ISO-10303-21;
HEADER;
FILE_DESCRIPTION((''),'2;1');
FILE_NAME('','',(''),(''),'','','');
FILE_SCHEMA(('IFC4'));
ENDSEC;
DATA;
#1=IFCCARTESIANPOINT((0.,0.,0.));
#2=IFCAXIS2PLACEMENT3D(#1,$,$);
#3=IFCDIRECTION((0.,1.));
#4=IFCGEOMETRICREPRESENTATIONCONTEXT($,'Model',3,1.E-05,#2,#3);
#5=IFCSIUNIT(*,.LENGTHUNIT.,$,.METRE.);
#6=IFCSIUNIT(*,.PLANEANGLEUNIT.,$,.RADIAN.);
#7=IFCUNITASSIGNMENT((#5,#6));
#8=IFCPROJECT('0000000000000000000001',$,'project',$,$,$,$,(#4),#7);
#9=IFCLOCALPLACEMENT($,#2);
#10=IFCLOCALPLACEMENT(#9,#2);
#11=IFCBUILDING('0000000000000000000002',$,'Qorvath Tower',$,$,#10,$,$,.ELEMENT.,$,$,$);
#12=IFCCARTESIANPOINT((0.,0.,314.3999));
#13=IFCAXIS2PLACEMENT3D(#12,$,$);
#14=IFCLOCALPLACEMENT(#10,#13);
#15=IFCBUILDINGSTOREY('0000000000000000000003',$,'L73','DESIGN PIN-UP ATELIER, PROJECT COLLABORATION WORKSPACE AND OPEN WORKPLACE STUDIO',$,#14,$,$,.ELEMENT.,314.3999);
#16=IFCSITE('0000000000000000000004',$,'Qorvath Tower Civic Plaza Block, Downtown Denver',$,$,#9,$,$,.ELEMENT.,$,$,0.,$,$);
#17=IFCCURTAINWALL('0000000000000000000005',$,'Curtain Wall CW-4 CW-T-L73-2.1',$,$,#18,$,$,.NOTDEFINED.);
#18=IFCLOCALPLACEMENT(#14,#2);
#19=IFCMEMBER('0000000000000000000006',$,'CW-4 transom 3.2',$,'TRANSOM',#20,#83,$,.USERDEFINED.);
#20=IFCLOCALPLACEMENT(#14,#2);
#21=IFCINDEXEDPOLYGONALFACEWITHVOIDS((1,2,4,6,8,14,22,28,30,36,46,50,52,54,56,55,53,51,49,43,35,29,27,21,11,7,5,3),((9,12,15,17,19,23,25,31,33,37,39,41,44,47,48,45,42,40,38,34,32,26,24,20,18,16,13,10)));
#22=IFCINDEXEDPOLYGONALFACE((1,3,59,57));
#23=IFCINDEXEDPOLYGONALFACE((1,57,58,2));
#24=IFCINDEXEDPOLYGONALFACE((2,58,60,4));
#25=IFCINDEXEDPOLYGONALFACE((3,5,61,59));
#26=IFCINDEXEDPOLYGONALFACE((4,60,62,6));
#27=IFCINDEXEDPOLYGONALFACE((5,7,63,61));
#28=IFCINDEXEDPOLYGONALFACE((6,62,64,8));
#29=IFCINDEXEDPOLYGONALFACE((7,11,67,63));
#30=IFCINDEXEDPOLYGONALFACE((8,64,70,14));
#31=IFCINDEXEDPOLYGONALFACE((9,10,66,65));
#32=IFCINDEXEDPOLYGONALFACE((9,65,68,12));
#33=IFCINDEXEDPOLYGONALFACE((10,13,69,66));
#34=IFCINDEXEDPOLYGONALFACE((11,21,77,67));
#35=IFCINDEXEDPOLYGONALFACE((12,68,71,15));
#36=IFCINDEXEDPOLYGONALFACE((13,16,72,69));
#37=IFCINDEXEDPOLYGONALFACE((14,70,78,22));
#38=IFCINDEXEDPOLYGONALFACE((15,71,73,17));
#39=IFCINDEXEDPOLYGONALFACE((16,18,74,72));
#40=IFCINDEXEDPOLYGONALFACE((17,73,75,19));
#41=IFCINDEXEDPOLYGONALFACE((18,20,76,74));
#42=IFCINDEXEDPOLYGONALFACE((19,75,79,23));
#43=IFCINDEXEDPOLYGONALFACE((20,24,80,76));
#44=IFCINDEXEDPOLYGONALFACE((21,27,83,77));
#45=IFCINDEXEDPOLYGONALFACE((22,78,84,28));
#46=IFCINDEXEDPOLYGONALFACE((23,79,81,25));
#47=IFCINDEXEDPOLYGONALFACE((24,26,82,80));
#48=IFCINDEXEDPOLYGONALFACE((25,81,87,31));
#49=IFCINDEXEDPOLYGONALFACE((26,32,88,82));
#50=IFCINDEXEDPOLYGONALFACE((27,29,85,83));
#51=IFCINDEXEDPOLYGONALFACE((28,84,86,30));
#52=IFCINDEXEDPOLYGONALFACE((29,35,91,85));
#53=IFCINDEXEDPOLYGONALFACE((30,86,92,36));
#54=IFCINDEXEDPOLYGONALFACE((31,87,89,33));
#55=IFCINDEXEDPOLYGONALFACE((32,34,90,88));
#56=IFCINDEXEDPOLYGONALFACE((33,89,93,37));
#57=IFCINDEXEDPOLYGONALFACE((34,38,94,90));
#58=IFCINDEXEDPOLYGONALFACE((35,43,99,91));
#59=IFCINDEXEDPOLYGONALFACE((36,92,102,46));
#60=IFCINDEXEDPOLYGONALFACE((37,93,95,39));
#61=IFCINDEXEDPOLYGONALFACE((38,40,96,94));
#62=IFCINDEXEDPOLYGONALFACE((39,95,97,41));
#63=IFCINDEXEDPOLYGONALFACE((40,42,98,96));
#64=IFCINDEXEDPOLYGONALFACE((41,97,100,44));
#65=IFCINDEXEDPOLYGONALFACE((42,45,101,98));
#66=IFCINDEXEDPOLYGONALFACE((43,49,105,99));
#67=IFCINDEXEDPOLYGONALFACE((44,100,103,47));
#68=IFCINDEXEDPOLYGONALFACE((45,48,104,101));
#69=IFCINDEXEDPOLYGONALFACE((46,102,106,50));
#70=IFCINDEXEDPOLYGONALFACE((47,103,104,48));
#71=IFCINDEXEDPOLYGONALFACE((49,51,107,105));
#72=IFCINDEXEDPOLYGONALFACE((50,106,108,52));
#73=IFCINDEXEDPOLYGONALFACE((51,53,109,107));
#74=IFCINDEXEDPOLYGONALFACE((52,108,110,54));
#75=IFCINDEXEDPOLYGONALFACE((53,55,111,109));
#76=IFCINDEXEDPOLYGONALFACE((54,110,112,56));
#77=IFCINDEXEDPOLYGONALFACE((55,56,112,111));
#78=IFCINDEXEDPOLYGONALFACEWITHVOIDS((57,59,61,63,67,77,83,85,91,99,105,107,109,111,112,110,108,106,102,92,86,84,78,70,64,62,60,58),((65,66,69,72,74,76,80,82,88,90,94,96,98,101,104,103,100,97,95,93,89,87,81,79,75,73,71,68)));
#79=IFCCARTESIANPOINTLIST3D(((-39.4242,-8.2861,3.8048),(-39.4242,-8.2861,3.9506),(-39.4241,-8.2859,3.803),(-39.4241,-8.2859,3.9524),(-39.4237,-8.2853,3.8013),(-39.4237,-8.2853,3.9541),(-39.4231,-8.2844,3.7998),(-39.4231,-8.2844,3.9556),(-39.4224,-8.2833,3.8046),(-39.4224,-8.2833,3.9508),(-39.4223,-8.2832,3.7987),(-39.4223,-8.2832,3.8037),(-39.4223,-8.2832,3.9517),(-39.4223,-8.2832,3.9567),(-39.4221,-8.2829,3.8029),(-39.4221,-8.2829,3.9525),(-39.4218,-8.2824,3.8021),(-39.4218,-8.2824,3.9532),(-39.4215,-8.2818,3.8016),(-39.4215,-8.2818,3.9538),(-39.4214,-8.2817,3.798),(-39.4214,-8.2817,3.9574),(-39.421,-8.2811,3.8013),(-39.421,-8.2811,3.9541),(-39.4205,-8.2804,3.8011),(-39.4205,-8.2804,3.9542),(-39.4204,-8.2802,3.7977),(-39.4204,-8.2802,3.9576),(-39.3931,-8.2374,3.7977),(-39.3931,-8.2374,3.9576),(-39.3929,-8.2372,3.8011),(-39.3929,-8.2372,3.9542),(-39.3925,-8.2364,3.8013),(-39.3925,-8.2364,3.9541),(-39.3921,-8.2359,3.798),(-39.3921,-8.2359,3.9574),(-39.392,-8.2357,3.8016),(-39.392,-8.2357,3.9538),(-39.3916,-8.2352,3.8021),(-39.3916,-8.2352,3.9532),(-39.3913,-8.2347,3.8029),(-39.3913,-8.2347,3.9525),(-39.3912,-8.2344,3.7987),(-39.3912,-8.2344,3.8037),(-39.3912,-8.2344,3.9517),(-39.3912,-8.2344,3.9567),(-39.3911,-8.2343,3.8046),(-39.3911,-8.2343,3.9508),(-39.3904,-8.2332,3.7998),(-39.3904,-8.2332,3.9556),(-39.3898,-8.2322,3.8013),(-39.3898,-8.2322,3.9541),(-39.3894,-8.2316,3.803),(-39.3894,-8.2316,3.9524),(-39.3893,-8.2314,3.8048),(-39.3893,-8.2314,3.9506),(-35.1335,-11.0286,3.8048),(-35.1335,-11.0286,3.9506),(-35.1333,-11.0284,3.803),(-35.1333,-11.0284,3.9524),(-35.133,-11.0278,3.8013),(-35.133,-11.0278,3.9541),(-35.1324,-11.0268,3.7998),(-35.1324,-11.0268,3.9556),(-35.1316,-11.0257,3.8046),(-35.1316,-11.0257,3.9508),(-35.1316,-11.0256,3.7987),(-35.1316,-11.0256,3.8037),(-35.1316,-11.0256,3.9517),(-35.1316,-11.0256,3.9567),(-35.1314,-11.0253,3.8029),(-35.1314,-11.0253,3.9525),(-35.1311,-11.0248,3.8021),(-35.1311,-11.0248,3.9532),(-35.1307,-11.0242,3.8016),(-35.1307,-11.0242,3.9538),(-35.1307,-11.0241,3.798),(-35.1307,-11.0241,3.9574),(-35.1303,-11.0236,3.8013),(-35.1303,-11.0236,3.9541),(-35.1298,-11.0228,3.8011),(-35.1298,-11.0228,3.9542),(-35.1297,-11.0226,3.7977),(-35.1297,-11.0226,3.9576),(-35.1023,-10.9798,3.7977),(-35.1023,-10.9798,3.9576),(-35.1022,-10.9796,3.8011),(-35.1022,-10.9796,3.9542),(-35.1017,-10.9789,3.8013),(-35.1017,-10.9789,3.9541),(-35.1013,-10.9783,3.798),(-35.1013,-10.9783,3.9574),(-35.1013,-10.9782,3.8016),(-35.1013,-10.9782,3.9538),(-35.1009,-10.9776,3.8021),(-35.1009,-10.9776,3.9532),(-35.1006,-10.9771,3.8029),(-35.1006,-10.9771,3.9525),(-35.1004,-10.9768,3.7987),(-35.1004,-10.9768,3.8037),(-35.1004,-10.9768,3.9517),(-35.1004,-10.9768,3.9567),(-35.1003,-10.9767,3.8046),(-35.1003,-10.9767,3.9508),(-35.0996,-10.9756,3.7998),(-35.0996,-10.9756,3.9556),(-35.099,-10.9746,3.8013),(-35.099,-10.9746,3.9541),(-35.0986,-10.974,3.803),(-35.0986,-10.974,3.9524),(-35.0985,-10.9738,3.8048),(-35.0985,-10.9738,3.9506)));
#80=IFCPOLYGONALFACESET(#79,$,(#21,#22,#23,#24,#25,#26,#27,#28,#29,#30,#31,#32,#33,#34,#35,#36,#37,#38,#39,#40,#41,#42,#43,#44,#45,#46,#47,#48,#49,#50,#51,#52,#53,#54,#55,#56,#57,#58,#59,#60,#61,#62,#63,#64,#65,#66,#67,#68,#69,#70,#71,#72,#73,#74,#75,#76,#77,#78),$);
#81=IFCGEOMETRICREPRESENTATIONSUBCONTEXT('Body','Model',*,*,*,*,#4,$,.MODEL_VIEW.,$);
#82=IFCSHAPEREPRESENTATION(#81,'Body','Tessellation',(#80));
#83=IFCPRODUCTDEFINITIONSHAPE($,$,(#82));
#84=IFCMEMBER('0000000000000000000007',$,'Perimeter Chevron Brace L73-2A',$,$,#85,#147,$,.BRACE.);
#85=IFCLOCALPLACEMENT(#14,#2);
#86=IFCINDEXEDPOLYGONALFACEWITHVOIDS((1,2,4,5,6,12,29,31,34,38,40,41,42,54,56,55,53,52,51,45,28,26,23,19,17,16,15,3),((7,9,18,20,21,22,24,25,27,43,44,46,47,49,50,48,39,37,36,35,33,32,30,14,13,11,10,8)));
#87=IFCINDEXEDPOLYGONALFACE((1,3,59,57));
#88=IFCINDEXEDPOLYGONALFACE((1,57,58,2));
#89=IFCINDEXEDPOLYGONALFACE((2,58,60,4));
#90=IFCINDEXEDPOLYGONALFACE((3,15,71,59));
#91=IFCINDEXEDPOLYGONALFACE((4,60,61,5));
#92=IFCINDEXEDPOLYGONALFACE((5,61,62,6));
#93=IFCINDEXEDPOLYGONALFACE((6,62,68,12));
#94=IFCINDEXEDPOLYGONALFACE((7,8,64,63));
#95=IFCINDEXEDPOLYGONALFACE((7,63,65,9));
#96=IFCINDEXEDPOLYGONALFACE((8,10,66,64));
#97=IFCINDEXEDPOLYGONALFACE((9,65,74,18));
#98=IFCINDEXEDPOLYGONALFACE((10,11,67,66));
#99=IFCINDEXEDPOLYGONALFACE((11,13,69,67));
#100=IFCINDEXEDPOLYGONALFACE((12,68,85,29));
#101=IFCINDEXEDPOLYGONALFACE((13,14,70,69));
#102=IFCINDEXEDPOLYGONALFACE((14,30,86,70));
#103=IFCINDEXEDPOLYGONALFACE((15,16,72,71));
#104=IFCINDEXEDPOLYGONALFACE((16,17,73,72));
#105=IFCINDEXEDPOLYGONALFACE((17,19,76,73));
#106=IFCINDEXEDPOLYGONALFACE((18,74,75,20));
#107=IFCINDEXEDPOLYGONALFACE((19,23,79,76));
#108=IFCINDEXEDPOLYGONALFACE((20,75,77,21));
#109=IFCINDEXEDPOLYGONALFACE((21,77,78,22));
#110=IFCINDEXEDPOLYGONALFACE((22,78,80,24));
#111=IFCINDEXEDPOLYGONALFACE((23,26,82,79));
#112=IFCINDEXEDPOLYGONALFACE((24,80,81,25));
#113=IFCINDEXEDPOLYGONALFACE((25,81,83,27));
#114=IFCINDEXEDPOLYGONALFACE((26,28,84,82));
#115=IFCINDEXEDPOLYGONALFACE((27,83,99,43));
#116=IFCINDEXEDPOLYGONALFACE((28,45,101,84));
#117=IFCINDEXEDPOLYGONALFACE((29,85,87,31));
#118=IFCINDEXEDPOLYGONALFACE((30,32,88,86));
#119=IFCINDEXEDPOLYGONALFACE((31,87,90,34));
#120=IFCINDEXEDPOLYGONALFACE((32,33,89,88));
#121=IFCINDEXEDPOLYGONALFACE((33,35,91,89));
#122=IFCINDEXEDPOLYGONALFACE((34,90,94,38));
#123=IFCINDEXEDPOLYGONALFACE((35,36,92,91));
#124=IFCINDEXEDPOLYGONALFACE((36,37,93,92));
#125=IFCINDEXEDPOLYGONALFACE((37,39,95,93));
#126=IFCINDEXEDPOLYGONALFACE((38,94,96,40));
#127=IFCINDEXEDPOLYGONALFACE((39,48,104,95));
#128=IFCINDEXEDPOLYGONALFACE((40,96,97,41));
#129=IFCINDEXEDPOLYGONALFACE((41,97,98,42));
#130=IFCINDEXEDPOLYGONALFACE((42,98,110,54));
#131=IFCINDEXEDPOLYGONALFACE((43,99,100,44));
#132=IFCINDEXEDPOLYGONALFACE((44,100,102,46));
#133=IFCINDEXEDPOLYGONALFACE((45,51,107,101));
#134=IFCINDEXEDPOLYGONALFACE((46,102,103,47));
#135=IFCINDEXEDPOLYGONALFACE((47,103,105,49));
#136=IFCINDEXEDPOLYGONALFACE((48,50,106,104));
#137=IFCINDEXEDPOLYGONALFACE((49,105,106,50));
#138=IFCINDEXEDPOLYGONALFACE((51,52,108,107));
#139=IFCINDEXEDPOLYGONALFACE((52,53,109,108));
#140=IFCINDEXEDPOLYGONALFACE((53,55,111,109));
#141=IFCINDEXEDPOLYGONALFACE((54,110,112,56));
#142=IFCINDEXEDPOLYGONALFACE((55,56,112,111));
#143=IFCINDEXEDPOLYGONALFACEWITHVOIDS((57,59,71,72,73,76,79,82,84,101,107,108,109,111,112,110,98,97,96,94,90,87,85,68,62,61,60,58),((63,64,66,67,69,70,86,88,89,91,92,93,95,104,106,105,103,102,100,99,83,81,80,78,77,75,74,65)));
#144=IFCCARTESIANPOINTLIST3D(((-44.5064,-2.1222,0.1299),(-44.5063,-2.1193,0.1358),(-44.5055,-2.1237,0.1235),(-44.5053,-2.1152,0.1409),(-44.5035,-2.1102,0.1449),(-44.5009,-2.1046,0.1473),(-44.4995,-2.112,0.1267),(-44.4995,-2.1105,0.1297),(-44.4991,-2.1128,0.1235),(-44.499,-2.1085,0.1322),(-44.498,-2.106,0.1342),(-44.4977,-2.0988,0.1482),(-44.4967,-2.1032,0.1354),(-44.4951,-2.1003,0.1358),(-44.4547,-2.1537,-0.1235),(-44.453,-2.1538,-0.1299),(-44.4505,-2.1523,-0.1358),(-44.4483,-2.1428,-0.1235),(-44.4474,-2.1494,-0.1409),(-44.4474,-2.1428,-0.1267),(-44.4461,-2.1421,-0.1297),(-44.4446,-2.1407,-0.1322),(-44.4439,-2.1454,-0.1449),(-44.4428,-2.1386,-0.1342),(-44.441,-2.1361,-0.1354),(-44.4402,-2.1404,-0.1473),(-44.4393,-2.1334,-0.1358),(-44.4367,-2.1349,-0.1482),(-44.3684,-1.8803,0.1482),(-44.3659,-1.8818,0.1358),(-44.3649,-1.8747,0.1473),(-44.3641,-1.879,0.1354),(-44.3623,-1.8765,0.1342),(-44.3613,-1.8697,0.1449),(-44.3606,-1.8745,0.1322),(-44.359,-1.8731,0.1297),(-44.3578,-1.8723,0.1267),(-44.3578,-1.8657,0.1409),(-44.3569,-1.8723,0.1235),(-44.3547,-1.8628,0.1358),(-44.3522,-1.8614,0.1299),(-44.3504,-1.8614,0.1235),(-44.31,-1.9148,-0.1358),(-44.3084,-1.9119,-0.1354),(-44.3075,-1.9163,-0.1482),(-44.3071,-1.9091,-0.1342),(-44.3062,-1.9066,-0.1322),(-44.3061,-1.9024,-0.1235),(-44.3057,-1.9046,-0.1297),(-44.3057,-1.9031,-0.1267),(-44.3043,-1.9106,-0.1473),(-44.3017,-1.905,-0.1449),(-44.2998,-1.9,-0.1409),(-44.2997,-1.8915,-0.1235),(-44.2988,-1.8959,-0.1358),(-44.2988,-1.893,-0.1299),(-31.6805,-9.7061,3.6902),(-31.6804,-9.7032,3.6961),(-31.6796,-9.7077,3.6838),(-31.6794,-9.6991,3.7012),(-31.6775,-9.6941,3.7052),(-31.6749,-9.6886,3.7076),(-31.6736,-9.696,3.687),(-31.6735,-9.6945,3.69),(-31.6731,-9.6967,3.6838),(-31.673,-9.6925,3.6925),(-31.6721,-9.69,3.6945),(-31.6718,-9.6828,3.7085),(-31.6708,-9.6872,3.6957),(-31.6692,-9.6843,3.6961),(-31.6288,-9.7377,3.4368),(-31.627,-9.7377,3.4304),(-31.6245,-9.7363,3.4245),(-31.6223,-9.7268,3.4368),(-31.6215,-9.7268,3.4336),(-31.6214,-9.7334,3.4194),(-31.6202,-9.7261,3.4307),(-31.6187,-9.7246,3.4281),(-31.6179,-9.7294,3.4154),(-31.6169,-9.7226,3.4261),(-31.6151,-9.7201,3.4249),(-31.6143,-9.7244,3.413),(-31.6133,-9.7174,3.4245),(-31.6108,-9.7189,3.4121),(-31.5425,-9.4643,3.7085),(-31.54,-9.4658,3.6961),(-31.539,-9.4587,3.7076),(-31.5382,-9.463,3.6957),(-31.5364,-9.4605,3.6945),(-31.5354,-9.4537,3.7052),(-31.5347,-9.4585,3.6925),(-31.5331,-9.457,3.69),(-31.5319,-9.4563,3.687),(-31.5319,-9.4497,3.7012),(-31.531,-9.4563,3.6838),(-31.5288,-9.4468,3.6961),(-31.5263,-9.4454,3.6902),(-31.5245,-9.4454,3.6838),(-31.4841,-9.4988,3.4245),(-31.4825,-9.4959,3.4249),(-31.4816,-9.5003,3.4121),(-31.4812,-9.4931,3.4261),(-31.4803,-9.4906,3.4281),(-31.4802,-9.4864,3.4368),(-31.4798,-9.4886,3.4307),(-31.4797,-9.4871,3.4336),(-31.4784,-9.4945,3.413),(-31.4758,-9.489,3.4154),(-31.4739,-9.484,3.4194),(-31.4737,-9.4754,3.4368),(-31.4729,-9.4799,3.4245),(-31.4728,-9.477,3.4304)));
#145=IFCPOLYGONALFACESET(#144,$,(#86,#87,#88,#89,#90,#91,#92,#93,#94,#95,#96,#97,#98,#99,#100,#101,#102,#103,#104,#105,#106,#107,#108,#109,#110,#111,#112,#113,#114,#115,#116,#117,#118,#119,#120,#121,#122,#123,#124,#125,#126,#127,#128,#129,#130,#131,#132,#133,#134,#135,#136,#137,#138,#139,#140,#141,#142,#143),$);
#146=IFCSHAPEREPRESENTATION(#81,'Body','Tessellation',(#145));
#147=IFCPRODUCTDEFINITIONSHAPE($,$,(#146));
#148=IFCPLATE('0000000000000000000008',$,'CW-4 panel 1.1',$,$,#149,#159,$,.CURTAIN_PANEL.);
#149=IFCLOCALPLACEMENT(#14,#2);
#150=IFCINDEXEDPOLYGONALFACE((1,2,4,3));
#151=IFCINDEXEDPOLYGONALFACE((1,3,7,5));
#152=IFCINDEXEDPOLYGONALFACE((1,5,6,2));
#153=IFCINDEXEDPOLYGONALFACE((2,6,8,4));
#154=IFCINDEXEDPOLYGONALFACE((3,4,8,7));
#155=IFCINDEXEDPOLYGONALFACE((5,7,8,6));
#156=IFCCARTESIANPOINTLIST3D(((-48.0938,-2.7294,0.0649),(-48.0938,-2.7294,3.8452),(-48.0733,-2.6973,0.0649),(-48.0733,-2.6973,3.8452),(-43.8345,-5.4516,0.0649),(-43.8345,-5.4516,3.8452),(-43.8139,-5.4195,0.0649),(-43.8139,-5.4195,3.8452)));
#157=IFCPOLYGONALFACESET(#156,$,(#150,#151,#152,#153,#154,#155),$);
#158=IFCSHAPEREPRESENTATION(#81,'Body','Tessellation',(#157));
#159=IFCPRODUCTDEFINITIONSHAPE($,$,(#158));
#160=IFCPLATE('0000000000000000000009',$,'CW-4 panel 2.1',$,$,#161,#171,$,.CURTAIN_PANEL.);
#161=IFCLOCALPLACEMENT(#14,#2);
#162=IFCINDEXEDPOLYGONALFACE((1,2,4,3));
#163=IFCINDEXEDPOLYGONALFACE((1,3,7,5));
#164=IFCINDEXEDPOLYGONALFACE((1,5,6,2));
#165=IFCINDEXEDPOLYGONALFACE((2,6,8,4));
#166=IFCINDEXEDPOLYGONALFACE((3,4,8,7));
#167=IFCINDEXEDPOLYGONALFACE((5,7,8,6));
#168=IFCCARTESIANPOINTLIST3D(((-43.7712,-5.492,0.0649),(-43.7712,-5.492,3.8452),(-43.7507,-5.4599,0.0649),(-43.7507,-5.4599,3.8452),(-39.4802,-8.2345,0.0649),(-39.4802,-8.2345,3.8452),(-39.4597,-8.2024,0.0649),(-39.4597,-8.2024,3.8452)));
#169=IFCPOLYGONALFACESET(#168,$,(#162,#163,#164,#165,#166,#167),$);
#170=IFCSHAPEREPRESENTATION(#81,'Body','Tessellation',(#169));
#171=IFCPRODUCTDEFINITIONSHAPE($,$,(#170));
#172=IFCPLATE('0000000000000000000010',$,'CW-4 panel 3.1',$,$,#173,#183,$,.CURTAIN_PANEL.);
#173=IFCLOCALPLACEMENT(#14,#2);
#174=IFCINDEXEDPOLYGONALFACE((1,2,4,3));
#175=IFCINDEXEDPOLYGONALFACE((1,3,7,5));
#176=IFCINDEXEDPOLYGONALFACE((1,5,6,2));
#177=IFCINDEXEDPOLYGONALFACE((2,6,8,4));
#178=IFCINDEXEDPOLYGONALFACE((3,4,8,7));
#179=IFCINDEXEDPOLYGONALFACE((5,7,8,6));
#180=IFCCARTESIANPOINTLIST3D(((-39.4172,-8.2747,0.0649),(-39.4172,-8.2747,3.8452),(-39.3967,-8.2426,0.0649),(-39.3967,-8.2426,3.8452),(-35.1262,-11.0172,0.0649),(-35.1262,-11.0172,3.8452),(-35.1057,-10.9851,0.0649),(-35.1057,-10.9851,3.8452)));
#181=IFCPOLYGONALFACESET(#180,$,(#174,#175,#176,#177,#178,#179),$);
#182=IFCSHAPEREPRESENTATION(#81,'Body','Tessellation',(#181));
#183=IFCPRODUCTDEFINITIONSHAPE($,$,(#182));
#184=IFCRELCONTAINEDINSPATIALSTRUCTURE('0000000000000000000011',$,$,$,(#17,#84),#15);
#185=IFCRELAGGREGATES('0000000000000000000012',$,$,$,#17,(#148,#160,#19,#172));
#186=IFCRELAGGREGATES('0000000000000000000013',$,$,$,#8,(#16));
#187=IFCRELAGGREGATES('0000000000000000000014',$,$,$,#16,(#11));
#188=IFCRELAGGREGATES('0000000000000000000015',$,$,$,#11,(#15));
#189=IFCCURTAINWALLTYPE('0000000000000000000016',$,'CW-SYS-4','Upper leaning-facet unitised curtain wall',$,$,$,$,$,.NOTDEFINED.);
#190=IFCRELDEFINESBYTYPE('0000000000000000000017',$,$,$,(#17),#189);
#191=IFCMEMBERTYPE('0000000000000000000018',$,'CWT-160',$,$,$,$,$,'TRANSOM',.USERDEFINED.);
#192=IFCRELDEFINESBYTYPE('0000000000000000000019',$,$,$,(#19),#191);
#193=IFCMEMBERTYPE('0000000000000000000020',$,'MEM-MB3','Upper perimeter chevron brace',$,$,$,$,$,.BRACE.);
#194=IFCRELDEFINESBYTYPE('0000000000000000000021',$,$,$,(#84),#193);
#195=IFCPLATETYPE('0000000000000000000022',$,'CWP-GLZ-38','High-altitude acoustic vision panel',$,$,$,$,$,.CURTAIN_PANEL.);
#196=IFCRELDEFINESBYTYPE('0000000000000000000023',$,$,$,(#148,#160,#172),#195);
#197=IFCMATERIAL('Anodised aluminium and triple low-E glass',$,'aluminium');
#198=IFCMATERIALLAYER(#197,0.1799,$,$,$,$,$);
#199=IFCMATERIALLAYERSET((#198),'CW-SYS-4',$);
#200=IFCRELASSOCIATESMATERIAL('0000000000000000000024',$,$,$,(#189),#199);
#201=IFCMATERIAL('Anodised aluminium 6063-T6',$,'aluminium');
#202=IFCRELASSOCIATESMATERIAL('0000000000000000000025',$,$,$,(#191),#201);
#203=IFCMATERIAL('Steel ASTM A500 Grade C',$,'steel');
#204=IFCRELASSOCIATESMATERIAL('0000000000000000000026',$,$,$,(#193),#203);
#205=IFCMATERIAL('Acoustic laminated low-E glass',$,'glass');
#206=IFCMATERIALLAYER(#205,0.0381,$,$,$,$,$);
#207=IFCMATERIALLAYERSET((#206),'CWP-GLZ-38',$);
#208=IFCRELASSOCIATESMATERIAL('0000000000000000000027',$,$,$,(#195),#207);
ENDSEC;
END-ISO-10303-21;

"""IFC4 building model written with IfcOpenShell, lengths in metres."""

from ifc_helpers import new_model, si_unit, direction, frame, origin, origin_2d, place, context, subcontext, project, spatial, rectangle, hollow_rectangle, extrude, material, layer, layer_set, material_profile, profile_set, type_object, element, aggregate, save


model = new_model("IFC4")

# Units and contexts
model_context = context("Model", 3, precision=1e-05, world=origin(), true_north=direction((0.0, 1.0)))
body_context = subcontext(model_context, "Body", "Model", "MODEL_VIEW")
ifc_project = project(units=[si_unit("LENGTHUNIT", "METRE"), si_unit("PLANEANGLEUNIT", "RADIAN")], contexts=[model_context])

# Site, building, storey
site_placement = place(None, origin())
site = spatial("IfcSite", under=ifc_project, at=site_placement, Name="Qorvath Tower Civic Plaza Block, Downtown Denver", CompositionType="ELEMENT", RefElevation=0.0)
building_placement = place(site_placement, origin())
building = spatial("IfcBuilding", under=site, at=building_placement, Name="Qorvath Tower", CompositionType="ELEMENT")
storey_placement = place(building_placement, frame((0.0, 0.0, 314.3999)))
storey = spatial("IfcBuildingStorey", under=building, at=storey_placement, Name="L73", Description="DESIGN PIN-UP ATELIER, PROJECT COLLABORATION WORKSPACE AND OPEN WORKPLACE STUDIO", CompositionType="ELEMENT", Elevation=314.3999)

# Curtain wall, member
ifc_material_1 = material(Name="Anodised aluminium and triple low-E glass", Category="aluminium")
ifc_layer_1 = layer(ifc_material_1, 0.1799)
ifc_layer_set_1 = layer_set([ifc_layer_1], Name="CW-SYS-4")
curtain_wall_type = type_object("IfcCurtainWallType", Name="CW-SYS-4", Description="Upper leaning-facet unitised curtain wall", PredefinedType="NOTDEFINED", material=ifc_layer_set_1)
curtain_wall_placement = place(storey_placement, origin())
curtain_wall = element("IfcCurtainWall", 1, at=curtain_wall_placement, inside=storey, type_object=curtain_wall_type, Name="Curtain Wall CW-4 CW-T-L73-2.1", PredefinedType="NOTDEFINED")
ifc_material_2 = material(Name="Anodised aluminium 6063-T6", Category="aluminium")
ifc_material_profile_1 = material_profile(ifc_material_2, hollow_rectangle(XDim=0.0649, YDim=0.1599, WallThickness=0.0034, InnerFilletRadius=0.0034, OuterFilletRadius=0.0071, at=origin_2d()), Name="CWT 160x65")
ifc_profile_set_1 = profile_set([ifc_material_profile_1], Name="Anodised aluminium 6063-T6")
member_type_1 = type_object("IfcMemberType", Name="CWT-160", ElementType="TRANSOM", PredefinedType="USERDEFINED", material=ifc_profile_set_1)
member_1_placement = place(storey_placement, frame((-39.4067, -8.2588, 3.8777), z_axis=(0.842598, -0.538543, 0.0), x_axis=(0.538543, 0.842598, 0.0)))
member_1 = element("IfcMember", 2, at=member_1_placement, type_object=member_type_1, Name="CW-4 transom 3.2", ObjectType="TRANSOM", PredefinedType="USERDEFINED", context=body_context, shape_type="SweptSolid", body=[
    extrude(hollow_rectangle(XDim=0.0649, YDim=0.1599, WallThickness=0.0034, InnerFilletRadius=0.0034, OuterFilletRadius=0.0071, at=origin_2d()), origin(), (0.0, 0.0, 1.0), 5.0923),
])

# Member
ifc_material_3 = material(Name="Steel ASTM A500 Grade C", Category="steel")
ifc_material_profile_2 = material_profile(ifc_material_3, hollow_rectangle(XDim=0.3047, YDim=0.3047, WallThickness=0.0127, InnerFilletRadius=0.0127, OuterFilletRadius=0.0254, at=origin_2d()), Name="HSS 305x305x12.7")
ifc_profile_set_2 = profile_set([ifc_material_profile_2], Name="Steel ASTM A500 Grade C")
member_type_2 = type_object("IfcMemberType", Name="MEM-MB3", Description="Upper perimeter chevron brace", PredefinedType="BRACE", material=ifc_profile_set_2)
member_2_placement = place(storey_placement, frame((-44.4026, -2.0076, 0.0), z_axis=(0.837211, -0.495044, 0.232398), x_axis=(0.508979, 0.860779, 0.0)))
element("IfcMember", 3, at=member_2_placement, inside=storey, type_object=member_type_2, Name="Perimeter Chevron Brace L73-2A", PredefinedType="BRACE", context=body_context, shape_type="SweptSolid", body=[
    extrude(hollow_rectangle(XDim=0.3047, YDim=0.3047, WallThickness=0.0127, InnerFilletRadius=0.0127, OuterFilletRadius=0.0254, at=origin_2d()), origin(), (0.0, 0.0, 1.0), 15.3198),
])

# Plates
ifc_material_4 = material(Name="Acoustic laminated low-E glass", Category="glass")
ifc_layer_2 = layer(ifc_material_4, 0.0381)
ifc_layer_set_2 = layer_set([ifc_layer_2], Name="CWP-GLZ-38")
plate_type_1 = type_object("IfcPlateType", Name="CWP-GLZ-38", Description="High-altitude acoustic vision panel", PredefinedType="CURTAIN_PANEL", material=ifc_layer_set_2)
plate_1_placement = place(storey_placement, frame((-45.9539, -4.0745, 0.0649), z_axis=(0.0, 0.0, 1.0), x_axis=(0.842606, -0.53853, 0.0)))
plate_1 = element("IfcPlate", 4, at=plate_1_placement, type_object=plate_type_1, Name="CW-4 panel 1.1", PredefinedType="CURTAIN_PANEL", context=body_context, shape_type="SweptSolid", body=[
    extrude(rectangle(XDim=5.0549, YDim=0.0381, at=origin_2d()), origin(), (0.0, 0.0, 1.0), 3.7803),
])
plate_2_placement = place(storey_placement, frame((-41.6155, -6.8472, 0.0649), z_axis=(0.0, 0.0, 1.0), x_axis=(0.842606, -0.53853, 0.0)))
plate_2 = element("IfcPlate", 5, at=plate_2_placement, type_object=plate_type_1, Name="CW-4 panel 2.1", PredefinedType="CURTAIN_PANEL", context=body_context, shape_type="SweptSolid", body=[
    extrude(rectangle(XDim=5.0925, YDim=0.0381, at=origin_2d()), origin(), (0.0, 0.0, 1.0), 3.7803),
])
plate_3_placement = place(storey_placement, frame((-37.2615, -9.6299, 0.0649), z_axis=(0.0, 0.0, 1.0), x_axis=(0.842606, -0.53853, 0.0)))
plate_3 = element("IfcPlate", 6, at=plate_3_placement, type_object=plate_type_1, Name="CW-4 panel 3.1", PredefinedType="CURTAIN_PANEL", context=body_context, shape_type="SweptSolid", body=[
    extrude(rectangle(XDim=5.0925, YDim=0.0381, at=origin_2d()), origin(), (0.0, 0.0, 1.0), 3.7803),
])
aggregate(curtain_wall, [plate_1, plate_2, member_1, plate_3])

save(model, "model.ifc")
